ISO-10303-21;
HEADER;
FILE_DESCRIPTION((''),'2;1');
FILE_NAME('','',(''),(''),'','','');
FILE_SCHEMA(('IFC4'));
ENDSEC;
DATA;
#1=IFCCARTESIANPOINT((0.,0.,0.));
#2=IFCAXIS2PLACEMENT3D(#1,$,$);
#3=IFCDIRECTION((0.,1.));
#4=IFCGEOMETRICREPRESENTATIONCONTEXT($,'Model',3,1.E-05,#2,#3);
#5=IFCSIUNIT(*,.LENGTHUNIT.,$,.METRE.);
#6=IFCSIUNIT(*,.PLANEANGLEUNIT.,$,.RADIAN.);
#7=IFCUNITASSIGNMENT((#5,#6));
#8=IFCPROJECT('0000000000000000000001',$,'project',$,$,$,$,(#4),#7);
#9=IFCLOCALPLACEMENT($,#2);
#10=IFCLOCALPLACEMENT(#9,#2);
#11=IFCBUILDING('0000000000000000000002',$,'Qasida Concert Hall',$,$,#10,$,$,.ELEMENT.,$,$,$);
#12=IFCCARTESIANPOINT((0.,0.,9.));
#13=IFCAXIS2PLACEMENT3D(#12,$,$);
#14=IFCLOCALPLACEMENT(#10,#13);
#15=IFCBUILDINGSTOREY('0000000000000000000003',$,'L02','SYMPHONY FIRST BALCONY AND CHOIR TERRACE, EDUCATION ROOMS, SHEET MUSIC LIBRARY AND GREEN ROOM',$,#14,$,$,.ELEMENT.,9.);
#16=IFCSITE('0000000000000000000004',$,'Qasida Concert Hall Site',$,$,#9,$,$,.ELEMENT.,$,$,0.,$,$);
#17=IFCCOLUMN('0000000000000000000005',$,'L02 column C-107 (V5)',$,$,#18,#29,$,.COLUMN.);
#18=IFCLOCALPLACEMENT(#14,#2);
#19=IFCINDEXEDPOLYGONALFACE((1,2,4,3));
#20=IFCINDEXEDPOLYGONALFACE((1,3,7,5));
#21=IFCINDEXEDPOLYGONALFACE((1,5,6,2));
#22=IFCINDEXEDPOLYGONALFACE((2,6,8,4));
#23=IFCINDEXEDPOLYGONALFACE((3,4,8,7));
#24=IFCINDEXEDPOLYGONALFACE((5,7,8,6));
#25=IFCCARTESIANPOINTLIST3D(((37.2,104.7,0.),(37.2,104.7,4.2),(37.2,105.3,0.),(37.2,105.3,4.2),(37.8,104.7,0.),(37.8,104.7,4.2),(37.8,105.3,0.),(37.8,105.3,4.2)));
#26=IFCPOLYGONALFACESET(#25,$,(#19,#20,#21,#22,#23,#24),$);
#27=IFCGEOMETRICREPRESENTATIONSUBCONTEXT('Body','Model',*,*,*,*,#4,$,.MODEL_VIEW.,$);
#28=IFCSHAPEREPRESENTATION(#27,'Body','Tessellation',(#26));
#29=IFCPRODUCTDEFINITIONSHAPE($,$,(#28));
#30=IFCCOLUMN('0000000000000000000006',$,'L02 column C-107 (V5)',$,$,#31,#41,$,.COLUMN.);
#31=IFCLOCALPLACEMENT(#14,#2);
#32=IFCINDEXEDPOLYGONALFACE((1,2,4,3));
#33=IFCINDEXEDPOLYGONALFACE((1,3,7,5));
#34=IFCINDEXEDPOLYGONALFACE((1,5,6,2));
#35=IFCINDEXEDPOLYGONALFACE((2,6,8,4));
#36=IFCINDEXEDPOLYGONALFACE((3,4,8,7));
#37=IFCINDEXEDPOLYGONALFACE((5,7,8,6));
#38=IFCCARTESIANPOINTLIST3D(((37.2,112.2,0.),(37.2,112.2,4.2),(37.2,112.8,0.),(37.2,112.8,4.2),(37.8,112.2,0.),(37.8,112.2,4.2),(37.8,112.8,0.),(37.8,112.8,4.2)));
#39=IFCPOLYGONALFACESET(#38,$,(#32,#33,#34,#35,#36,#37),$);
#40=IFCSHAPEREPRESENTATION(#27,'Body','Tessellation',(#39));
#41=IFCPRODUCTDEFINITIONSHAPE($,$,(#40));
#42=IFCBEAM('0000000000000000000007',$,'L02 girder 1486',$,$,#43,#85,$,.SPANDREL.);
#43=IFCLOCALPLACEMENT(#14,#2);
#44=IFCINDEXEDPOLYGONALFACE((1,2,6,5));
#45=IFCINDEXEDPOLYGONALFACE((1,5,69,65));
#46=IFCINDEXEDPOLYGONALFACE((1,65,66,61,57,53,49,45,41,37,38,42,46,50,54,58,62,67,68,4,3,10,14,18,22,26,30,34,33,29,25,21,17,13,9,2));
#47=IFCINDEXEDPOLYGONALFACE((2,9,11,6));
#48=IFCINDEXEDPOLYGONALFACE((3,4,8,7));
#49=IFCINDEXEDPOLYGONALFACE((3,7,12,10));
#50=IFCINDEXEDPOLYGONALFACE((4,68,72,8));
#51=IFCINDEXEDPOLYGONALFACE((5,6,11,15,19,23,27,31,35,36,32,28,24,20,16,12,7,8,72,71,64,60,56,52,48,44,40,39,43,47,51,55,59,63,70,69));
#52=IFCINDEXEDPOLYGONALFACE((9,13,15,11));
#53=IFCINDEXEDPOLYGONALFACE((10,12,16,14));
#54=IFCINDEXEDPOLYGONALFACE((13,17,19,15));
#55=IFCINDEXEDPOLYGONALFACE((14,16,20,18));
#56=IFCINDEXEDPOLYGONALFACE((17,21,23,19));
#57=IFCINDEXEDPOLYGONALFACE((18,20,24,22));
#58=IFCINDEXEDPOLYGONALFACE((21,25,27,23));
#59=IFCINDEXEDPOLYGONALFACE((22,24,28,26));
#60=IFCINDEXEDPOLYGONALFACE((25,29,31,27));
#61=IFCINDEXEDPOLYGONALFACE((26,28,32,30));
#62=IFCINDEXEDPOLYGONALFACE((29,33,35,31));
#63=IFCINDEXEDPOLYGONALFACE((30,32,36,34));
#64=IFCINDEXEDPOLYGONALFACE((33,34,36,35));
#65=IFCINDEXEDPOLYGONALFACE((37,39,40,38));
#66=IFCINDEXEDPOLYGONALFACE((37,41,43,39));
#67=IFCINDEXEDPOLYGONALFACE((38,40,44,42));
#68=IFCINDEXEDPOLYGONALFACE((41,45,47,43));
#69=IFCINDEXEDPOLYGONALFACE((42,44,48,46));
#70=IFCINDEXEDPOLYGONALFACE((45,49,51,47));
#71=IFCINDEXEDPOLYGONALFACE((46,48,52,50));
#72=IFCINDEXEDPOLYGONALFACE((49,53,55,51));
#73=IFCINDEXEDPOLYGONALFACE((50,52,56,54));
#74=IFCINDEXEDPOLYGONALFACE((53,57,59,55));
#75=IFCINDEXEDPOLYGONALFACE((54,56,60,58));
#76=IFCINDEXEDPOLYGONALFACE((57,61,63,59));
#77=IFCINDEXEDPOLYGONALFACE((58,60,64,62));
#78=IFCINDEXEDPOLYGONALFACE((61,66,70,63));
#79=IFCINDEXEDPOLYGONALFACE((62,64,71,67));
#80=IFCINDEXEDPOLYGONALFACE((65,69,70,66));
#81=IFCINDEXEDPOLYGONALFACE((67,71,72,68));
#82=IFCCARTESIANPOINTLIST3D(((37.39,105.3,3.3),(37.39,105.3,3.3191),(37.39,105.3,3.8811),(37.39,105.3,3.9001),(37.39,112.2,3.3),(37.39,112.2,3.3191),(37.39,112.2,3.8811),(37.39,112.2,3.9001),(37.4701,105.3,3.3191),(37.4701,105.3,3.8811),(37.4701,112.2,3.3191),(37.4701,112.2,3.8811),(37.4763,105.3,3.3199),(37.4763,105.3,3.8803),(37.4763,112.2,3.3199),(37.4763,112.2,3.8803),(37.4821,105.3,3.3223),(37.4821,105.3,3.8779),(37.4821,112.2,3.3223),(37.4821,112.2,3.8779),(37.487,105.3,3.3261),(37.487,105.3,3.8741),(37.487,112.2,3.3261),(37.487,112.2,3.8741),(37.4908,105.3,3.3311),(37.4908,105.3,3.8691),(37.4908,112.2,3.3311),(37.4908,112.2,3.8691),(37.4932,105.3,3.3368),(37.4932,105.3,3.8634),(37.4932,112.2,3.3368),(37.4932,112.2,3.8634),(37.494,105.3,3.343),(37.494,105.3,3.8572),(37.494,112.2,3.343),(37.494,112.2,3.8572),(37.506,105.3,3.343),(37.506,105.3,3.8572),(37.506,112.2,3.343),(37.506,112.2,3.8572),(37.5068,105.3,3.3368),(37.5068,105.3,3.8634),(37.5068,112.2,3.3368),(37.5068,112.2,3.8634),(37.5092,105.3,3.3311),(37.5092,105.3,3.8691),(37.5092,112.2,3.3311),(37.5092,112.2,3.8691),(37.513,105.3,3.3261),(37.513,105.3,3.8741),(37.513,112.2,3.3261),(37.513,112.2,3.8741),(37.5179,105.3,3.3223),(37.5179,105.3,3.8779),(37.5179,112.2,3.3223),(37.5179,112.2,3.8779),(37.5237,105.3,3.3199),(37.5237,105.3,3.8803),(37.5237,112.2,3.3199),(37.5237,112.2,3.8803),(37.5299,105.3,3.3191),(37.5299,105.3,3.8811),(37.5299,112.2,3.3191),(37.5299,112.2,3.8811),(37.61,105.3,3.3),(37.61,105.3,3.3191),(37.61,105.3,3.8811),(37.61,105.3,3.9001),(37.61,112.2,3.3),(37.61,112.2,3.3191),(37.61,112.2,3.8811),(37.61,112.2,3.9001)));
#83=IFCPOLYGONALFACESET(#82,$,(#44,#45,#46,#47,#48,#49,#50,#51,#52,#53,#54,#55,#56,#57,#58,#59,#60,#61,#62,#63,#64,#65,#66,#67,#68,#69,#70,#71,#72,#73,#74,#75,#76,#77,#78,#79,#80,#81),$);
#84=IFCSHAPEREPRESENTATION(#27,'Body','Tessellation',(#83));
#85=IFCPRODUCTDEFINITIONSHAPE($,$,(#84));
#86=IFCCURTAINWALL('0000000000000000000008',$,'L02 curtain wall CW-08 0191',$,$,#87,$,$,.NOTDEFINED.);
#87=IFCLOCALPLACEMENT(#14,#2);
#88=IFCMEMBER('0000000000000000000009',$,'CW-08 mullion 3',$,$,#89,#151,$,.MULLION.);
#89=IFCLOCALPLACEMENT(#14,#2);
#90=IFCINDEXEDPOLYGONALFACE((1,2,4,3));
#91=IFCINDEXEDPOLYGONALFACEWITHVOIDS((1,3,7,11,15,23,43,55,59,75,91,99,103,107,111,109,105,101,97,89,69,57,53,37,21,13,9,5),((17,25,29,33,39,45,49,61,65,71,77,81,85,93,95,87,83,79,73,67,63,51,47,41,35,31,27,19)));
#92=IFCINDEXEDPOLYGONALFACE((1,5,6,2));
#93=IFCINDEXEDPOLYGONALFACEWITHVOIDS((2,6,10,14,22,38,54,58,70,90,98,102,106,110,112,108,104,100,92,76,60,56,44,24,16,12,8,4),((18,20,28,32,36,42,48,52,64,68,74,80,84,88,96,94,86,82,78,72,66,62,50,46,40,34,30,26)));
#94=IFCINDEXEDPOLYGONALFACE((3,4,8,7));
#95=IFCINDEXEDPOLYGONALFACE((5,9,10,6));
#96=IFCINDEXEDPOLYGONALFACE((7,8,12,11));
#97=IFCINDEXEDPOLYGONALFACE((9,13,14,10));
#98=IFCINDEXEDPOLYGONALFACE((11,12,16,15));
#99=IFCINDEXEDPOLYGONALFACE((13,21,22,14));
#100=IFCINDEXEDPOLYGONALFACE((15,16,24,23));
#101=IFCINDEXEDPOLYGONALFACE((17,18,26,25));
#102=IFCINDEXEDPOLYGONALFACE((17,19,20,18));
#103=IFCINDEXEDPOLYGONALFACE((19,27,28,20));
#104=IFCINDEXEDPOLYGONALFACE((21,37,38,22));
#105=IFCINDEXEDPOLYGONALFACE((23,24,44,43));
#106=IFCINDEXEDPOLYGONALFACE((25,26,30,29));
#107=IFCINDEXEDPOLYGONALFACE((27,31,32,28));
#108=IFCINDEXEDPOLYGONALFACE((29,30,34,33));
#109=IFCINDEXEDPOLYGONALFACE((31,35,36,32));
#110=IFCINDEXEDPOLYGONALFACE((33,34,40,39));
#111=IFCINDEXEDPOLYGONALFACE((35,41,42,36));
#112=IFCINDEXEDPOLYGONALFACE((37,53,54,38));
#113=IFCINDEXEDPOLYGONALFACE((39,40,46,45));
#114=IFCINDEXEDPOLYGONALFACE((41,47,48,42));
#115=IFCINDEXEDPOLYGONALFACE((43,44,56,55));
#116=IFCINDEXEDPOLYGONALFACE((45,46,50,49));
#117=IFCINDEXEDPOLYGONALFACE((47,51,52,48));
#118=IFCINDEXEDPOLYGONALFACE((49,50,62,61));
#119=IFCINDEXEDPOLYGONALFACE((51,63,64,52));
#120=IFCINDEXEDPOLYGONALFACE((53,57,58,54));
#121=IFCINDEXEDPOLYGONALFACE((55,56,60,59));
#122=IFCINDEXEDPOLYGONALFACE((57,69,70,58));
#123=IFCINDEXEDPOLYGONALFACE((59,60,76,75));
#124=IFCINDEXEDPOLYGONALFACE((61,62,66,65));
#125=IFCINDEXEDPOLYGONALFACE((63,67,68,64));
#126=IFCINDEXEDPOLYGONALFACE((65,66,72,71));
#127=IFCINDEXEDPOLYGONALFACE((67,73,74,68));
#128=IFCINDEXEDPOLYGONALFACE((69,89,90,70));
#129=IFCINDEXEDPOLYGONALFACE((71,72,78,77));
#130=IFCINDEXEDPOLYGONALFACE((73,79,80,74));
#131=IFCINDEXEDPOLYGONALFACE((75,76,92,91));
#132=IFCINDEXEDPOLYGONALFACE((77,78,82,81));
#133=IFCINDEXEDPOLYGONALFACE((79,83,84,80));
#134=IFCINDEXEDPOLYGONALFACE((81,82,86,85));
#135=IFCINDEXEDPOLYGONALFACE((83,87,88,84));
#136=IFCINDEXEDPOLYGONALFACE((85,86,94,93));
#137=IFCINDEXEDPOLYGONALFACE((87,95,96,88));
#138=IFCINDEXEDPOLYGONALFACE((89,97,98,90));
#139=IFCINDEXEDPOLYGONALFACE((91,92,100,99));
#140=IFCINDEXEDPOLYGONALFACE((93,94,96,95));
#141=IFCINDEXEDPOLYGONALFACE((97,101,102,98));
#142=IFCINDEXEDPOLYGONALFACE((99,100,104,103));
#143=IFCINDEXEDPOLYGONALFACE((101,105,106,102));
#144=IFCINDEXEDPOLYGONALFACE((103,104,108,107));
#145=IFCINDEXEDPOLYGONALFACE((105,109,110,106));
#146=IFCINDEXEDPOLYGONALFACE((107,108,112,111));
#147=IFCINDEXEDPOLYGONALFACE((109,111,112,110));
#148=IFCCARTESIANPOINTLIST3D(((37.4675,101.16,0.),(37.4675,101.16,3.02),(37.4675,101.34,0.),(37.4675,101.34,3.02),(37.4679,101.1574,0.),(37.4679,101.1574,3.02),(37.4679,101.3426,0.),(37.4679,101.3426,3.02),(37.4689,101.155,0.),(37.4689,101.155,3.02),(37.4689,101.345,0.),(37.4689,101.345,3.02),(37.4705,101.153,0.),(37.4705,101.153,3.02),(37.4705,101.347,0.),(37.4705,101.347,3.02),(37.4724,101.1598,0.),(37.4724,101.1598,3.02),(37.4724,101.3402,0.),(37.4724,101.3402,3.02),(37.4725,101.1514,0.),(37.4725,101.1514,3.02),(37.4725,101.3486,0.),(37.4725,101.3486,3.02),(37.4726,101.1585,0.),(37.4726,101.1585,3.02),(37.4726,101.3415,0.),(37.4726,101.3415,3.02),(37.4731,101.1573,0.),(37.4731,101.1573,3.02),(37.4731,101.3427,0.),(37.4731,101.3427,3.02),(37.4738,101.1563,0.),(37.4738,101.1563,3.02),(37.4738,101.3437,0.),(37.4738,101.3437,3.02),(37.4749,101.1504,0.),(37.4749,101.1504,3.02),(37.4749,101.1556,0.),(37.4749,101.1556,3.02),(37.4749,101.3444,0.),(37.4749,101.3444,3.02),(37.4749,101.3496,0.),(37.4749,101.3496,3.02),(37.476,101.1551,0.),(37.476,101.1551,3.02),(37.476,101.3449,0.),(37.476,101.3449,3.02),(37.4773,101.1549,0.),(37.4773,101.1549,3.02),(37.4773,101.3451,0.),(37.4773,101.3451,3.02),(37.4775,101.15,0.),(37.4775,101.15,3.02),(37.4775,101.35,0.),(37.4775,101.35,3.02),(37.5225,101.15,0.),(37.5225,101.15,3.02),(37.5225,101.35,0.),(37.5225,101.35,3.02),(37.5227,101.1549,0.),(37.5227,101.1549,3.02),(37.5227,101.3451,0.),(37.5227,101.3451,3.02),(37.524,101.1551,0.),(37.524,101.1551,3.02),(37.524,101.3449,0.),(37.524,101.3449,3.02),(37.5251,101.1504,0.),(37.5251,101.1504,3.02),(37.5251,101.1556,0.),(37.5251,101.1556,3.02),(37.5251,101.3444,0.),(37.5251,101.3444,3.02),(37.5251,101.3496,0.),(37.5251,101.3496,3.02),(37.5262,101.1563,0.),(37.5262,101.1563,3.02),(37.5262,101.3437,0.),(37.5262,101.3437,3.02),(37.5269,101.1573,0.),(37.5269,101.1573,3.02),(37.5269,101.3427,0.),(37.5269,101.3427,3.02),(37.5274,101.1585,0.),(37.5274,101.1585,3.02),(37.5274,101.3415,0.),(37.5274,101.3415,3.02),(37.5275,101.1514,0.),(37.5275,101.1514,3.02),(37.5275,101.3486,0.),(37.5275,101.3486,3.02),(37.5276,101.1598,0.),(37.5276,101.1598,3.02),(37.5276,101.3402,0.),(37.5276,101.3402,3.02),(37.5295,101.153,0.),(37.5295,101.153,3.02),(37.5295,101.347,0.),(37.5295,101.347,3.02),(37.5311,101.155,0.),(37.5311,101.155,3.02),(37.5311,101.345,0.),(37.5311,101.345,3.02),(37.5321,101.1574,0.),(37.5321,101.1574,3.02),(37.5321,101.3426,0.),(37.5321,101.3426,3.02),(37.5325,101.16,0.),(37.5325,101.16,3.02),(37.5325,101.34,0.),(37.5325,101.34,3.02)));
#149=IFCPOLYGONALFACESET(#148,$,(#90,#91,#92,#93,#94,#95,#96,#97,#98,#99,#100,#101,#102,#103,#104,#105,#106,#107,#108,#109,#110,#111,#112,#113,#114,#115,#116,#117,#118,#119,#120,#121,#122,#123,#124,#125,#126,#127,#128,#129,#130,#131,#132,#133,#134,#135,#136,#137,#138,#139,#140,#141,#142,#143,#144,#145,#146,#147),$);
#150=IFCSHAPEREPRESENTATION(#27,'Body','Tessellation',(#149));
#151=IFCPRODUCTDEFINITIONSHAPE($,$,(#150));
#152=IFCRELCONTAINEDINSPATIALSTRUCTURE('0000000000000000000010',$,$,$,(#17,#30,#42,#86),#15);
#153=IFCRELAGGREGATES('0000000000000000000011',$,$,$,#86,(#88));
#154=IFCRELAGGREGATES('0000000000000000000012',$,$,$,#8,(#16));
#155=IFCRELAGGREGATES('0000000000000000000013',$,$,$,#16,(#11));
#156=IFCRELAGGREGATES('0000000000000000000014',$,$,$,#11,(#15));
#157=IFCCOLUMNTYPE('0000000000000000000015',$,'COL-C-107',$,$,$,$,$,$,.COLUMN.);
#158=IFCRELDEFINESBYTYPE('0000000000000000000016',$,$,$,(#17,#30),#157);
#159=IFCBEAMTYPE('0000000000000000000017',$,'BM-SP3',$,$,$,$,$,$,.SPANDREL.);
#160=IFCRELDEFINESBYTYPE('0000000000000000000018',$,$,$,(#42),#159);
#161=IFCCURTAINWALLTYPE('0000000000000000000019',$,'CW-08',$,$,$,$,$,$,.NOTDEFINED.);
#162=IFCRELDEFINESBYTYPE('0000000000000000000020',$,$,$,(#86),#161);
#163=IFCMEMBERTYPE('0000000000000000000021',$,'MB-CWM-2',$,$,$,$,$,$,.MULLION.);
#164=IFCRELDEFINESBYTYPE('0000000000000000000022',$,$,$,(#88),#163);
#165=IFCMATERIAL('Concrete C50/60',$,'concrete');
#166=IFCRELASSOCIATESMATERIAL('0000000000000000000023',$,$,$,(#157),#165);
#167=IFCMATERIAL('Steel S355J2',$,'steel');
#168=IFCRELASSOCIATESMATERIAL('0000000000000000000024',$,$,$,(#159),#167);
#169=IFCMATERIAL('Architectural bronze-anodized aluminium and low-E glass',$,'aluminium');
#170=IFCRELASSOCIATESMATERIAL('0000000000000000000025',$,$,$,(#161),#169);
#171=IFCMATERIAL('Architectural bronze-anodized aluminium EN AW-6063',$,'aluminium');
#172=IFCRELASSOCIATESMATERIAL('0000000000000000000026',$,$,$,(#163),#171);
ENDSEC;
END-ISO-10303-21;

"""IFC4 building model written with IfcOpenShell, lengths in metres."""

from ifc_helpers import new_model, si_unit, direction, frame, origin, origin_2d, place, context, subcontext, project, spatial, rectangle, hollow_rectangle, i_section, extrude, material, material_profile, profile_set, type_object, element, aggregate, save


model = new_model("IFC4")

# Units and contexts
model_context = context("Model", 3, precision=1e-05, world=origin(), true_north=direction((0.0, 1.0)))
body_context = subcontext(model_context, "Body", "Model", "MODEL_VIEW")
ifc_project = project(units=[si_unit("LENGTHUNIT", "METRE"), si_unit("PLANEANGLEUNIT", "RADIAN")], contexts=[model_context])

# Site, building, storey
site_placement = place(None, origin())
site = spatial("IfcSite", under=ifc_project, at=site_placement, Name="Qasida Concert Hall Site", CompositionType="ELEMENT", RefElevation=0.0)
building_placement = place(site_placement, origin())
building = spatial("IfcBuilding", under=site, at=building_placement, Name="Qasida Concert Hall", CompositionType="ELEMENT")
storey_placement = place(building_placement, frame((0.0, 0.0, 9.0)))
storey = spatial("IfcBuildingStorey", under=building, at=storey_placement, Name="L02", Description="SYMPHONY FIRST BALCONY AND CHOIR TERRACE, EDUCATION ROOMS, SHEET MUSIC LIBRARY AND GREEN ROOM", CompositionType="ELEMENT", Elevation=9.0)

# Columns
ifc_material_1 = material(Name="Concrete C50/60", Category="concrete")
ifc_material_profile_1 = material_profile(ifc_material_1, rectangle(XDim=0.6001, YDim=0.6001, at=origin_2d()), Name="RC 600x600")
ifc_profile_set_1 = profile_set([ifc_material_profile_1], Name="Concrete C50/60")
column_type = type_object("IfcColumnType", Name="COL-C-107", PredefinedType="COLUMN", material=ifc_profile_set_1)
for number, where, z_axis, x_axis, name in (
    (1, (37.5, 105.0, 0.0), (0.0, 0.0, 1.0), (1.0, 0.0, 0.0), "L02 column C-107 (V5)"),
    (2, (37.5, 112.5, 0.0), (0.0, 0.0, 1.0), (1.0, 0.0, 0.0), "L02 column C-107 (V5)"),
):
    element("IfcColumn", number, at=place(storey_placement, frame(where, z_axis=z_axis, x_axis=x_axis)), inside=storey, type_object=column_type, Name=name, PredefinedType="COLUMN", context=body_context, shape_type="SweptSolid", body=[
        extrude(rectangle(XDim=0.6001, YDim=0.6001, at=origin_2d()), origin(), (0.0, 0.0, 1.0), 4.2),
    ])

# Beam
ifc_material_2 = material(Name="Steel S355J2", Category="steel")
ifc_material_profile_2 = material_profile(ifc_material_2, i_section(OverallWidth=0.22, OverallDepth=0.6001, WebThickness=0.012, FlangeThickness=0.019, FilletRadius=0.0239, at=origin_2d()), Name="IPE 600")
ifc_profile_set_2 = profile_set([ifc_material_profile_2], Name="Steel S355J2")
beam_type = type_object("IfcBeamType", Name="BM-SP3", PredefinedType="SPANDREL", material=ifc_profile_set_2)
beam_placement = place(storey_placement, frame((37.5, 105.3, 3.6001), z_axis=(0.0, 1.0, 0.0), x_axis=(-1.0, 0.0, 0.0)))
element("IfcBeam", 3, at=beam_placement, inside=storey, type_object=beam_type, Name="L02 girder 1486", PredefinedType="SPANDREL", context=body_context, shape_type="SweptSolid", body=[
    extrude(i_section(OverallWidth=0.22, OverallDepth=0.6001, WebThickness=0.012, FlangeThickness=0.019, FilletRadius=0.0239, at=origin_2d()), origin(), (0.0, 0.0, 1.0), 6.8999),
])

# Curtain wall, member
ifc_material_3 = material(Name="Architectural bronze-anodized aluminium and low-E glass", Category="aluminium")
curtain_wall_type = type_object("IfcCurtainWallType", Name="CW-08", PredefinedType="NOTDEFINED", material=ifc_material_3)
curtain_wall_placement = place(storey_placement, origin())
curtain_wall = element("IfcCurtainWall", 4, at=curtain_wall_placement, inside=storey, type_object=curtain_wall_type, Name="L02 curtain wall CW-08 0191", PredefinedType="NOTDEFINED")
ifc_material_4 = material(Name="Architectural bronze-anodized aluminium EN AW-6063", Category="aluminium")
ifc_material_profile_3 = material_profile(ifc_material_4, hollow_rectangle(XDim=0.0649, YDim=0.2, WallThickness=0.0049, InnerFilletRadius=0.0049, OuterFilletRadius=0.01, at=origin_2d()), Name="CWM 200x65x5")
ifc_profile_set_3 = profile_set([ifc_material_profile_3], Name="Architectural bronze-anodized aluminium EN AW-6063")
member_type_1 = type_object("IfcMemberType", Name="MB-CWM-2", PredefinedType="MULLION", material=ifc_profile_set_3)
member_1_placement = place(storey_placement, frame((37.5, 101.25, 0.0), z_axis=(0.0, 0.0, 1.0), x_axis=(-1.0, 0.0, 0.0)))
member_1 = element("IfcMember", 5, at=member_1_placement, type_object=member_type_1, Name="CW-08 mullion 3", PredefinedType="MULLION", context=body_context, shape_type="SweptSolid", body=[
    extrude(hollow_rectangle(XDim=0.0649, YDim=0.2, WallThickness=0.0049, InnerFilletRadius=0.0049, OuterFilletRadius=0.01, at=origin_2d()), origin(), (0.0, 0.0, 1.0), 3.02),
])
aggregate(curtain_wall, [member_1])

save(model, "model.ifc")
